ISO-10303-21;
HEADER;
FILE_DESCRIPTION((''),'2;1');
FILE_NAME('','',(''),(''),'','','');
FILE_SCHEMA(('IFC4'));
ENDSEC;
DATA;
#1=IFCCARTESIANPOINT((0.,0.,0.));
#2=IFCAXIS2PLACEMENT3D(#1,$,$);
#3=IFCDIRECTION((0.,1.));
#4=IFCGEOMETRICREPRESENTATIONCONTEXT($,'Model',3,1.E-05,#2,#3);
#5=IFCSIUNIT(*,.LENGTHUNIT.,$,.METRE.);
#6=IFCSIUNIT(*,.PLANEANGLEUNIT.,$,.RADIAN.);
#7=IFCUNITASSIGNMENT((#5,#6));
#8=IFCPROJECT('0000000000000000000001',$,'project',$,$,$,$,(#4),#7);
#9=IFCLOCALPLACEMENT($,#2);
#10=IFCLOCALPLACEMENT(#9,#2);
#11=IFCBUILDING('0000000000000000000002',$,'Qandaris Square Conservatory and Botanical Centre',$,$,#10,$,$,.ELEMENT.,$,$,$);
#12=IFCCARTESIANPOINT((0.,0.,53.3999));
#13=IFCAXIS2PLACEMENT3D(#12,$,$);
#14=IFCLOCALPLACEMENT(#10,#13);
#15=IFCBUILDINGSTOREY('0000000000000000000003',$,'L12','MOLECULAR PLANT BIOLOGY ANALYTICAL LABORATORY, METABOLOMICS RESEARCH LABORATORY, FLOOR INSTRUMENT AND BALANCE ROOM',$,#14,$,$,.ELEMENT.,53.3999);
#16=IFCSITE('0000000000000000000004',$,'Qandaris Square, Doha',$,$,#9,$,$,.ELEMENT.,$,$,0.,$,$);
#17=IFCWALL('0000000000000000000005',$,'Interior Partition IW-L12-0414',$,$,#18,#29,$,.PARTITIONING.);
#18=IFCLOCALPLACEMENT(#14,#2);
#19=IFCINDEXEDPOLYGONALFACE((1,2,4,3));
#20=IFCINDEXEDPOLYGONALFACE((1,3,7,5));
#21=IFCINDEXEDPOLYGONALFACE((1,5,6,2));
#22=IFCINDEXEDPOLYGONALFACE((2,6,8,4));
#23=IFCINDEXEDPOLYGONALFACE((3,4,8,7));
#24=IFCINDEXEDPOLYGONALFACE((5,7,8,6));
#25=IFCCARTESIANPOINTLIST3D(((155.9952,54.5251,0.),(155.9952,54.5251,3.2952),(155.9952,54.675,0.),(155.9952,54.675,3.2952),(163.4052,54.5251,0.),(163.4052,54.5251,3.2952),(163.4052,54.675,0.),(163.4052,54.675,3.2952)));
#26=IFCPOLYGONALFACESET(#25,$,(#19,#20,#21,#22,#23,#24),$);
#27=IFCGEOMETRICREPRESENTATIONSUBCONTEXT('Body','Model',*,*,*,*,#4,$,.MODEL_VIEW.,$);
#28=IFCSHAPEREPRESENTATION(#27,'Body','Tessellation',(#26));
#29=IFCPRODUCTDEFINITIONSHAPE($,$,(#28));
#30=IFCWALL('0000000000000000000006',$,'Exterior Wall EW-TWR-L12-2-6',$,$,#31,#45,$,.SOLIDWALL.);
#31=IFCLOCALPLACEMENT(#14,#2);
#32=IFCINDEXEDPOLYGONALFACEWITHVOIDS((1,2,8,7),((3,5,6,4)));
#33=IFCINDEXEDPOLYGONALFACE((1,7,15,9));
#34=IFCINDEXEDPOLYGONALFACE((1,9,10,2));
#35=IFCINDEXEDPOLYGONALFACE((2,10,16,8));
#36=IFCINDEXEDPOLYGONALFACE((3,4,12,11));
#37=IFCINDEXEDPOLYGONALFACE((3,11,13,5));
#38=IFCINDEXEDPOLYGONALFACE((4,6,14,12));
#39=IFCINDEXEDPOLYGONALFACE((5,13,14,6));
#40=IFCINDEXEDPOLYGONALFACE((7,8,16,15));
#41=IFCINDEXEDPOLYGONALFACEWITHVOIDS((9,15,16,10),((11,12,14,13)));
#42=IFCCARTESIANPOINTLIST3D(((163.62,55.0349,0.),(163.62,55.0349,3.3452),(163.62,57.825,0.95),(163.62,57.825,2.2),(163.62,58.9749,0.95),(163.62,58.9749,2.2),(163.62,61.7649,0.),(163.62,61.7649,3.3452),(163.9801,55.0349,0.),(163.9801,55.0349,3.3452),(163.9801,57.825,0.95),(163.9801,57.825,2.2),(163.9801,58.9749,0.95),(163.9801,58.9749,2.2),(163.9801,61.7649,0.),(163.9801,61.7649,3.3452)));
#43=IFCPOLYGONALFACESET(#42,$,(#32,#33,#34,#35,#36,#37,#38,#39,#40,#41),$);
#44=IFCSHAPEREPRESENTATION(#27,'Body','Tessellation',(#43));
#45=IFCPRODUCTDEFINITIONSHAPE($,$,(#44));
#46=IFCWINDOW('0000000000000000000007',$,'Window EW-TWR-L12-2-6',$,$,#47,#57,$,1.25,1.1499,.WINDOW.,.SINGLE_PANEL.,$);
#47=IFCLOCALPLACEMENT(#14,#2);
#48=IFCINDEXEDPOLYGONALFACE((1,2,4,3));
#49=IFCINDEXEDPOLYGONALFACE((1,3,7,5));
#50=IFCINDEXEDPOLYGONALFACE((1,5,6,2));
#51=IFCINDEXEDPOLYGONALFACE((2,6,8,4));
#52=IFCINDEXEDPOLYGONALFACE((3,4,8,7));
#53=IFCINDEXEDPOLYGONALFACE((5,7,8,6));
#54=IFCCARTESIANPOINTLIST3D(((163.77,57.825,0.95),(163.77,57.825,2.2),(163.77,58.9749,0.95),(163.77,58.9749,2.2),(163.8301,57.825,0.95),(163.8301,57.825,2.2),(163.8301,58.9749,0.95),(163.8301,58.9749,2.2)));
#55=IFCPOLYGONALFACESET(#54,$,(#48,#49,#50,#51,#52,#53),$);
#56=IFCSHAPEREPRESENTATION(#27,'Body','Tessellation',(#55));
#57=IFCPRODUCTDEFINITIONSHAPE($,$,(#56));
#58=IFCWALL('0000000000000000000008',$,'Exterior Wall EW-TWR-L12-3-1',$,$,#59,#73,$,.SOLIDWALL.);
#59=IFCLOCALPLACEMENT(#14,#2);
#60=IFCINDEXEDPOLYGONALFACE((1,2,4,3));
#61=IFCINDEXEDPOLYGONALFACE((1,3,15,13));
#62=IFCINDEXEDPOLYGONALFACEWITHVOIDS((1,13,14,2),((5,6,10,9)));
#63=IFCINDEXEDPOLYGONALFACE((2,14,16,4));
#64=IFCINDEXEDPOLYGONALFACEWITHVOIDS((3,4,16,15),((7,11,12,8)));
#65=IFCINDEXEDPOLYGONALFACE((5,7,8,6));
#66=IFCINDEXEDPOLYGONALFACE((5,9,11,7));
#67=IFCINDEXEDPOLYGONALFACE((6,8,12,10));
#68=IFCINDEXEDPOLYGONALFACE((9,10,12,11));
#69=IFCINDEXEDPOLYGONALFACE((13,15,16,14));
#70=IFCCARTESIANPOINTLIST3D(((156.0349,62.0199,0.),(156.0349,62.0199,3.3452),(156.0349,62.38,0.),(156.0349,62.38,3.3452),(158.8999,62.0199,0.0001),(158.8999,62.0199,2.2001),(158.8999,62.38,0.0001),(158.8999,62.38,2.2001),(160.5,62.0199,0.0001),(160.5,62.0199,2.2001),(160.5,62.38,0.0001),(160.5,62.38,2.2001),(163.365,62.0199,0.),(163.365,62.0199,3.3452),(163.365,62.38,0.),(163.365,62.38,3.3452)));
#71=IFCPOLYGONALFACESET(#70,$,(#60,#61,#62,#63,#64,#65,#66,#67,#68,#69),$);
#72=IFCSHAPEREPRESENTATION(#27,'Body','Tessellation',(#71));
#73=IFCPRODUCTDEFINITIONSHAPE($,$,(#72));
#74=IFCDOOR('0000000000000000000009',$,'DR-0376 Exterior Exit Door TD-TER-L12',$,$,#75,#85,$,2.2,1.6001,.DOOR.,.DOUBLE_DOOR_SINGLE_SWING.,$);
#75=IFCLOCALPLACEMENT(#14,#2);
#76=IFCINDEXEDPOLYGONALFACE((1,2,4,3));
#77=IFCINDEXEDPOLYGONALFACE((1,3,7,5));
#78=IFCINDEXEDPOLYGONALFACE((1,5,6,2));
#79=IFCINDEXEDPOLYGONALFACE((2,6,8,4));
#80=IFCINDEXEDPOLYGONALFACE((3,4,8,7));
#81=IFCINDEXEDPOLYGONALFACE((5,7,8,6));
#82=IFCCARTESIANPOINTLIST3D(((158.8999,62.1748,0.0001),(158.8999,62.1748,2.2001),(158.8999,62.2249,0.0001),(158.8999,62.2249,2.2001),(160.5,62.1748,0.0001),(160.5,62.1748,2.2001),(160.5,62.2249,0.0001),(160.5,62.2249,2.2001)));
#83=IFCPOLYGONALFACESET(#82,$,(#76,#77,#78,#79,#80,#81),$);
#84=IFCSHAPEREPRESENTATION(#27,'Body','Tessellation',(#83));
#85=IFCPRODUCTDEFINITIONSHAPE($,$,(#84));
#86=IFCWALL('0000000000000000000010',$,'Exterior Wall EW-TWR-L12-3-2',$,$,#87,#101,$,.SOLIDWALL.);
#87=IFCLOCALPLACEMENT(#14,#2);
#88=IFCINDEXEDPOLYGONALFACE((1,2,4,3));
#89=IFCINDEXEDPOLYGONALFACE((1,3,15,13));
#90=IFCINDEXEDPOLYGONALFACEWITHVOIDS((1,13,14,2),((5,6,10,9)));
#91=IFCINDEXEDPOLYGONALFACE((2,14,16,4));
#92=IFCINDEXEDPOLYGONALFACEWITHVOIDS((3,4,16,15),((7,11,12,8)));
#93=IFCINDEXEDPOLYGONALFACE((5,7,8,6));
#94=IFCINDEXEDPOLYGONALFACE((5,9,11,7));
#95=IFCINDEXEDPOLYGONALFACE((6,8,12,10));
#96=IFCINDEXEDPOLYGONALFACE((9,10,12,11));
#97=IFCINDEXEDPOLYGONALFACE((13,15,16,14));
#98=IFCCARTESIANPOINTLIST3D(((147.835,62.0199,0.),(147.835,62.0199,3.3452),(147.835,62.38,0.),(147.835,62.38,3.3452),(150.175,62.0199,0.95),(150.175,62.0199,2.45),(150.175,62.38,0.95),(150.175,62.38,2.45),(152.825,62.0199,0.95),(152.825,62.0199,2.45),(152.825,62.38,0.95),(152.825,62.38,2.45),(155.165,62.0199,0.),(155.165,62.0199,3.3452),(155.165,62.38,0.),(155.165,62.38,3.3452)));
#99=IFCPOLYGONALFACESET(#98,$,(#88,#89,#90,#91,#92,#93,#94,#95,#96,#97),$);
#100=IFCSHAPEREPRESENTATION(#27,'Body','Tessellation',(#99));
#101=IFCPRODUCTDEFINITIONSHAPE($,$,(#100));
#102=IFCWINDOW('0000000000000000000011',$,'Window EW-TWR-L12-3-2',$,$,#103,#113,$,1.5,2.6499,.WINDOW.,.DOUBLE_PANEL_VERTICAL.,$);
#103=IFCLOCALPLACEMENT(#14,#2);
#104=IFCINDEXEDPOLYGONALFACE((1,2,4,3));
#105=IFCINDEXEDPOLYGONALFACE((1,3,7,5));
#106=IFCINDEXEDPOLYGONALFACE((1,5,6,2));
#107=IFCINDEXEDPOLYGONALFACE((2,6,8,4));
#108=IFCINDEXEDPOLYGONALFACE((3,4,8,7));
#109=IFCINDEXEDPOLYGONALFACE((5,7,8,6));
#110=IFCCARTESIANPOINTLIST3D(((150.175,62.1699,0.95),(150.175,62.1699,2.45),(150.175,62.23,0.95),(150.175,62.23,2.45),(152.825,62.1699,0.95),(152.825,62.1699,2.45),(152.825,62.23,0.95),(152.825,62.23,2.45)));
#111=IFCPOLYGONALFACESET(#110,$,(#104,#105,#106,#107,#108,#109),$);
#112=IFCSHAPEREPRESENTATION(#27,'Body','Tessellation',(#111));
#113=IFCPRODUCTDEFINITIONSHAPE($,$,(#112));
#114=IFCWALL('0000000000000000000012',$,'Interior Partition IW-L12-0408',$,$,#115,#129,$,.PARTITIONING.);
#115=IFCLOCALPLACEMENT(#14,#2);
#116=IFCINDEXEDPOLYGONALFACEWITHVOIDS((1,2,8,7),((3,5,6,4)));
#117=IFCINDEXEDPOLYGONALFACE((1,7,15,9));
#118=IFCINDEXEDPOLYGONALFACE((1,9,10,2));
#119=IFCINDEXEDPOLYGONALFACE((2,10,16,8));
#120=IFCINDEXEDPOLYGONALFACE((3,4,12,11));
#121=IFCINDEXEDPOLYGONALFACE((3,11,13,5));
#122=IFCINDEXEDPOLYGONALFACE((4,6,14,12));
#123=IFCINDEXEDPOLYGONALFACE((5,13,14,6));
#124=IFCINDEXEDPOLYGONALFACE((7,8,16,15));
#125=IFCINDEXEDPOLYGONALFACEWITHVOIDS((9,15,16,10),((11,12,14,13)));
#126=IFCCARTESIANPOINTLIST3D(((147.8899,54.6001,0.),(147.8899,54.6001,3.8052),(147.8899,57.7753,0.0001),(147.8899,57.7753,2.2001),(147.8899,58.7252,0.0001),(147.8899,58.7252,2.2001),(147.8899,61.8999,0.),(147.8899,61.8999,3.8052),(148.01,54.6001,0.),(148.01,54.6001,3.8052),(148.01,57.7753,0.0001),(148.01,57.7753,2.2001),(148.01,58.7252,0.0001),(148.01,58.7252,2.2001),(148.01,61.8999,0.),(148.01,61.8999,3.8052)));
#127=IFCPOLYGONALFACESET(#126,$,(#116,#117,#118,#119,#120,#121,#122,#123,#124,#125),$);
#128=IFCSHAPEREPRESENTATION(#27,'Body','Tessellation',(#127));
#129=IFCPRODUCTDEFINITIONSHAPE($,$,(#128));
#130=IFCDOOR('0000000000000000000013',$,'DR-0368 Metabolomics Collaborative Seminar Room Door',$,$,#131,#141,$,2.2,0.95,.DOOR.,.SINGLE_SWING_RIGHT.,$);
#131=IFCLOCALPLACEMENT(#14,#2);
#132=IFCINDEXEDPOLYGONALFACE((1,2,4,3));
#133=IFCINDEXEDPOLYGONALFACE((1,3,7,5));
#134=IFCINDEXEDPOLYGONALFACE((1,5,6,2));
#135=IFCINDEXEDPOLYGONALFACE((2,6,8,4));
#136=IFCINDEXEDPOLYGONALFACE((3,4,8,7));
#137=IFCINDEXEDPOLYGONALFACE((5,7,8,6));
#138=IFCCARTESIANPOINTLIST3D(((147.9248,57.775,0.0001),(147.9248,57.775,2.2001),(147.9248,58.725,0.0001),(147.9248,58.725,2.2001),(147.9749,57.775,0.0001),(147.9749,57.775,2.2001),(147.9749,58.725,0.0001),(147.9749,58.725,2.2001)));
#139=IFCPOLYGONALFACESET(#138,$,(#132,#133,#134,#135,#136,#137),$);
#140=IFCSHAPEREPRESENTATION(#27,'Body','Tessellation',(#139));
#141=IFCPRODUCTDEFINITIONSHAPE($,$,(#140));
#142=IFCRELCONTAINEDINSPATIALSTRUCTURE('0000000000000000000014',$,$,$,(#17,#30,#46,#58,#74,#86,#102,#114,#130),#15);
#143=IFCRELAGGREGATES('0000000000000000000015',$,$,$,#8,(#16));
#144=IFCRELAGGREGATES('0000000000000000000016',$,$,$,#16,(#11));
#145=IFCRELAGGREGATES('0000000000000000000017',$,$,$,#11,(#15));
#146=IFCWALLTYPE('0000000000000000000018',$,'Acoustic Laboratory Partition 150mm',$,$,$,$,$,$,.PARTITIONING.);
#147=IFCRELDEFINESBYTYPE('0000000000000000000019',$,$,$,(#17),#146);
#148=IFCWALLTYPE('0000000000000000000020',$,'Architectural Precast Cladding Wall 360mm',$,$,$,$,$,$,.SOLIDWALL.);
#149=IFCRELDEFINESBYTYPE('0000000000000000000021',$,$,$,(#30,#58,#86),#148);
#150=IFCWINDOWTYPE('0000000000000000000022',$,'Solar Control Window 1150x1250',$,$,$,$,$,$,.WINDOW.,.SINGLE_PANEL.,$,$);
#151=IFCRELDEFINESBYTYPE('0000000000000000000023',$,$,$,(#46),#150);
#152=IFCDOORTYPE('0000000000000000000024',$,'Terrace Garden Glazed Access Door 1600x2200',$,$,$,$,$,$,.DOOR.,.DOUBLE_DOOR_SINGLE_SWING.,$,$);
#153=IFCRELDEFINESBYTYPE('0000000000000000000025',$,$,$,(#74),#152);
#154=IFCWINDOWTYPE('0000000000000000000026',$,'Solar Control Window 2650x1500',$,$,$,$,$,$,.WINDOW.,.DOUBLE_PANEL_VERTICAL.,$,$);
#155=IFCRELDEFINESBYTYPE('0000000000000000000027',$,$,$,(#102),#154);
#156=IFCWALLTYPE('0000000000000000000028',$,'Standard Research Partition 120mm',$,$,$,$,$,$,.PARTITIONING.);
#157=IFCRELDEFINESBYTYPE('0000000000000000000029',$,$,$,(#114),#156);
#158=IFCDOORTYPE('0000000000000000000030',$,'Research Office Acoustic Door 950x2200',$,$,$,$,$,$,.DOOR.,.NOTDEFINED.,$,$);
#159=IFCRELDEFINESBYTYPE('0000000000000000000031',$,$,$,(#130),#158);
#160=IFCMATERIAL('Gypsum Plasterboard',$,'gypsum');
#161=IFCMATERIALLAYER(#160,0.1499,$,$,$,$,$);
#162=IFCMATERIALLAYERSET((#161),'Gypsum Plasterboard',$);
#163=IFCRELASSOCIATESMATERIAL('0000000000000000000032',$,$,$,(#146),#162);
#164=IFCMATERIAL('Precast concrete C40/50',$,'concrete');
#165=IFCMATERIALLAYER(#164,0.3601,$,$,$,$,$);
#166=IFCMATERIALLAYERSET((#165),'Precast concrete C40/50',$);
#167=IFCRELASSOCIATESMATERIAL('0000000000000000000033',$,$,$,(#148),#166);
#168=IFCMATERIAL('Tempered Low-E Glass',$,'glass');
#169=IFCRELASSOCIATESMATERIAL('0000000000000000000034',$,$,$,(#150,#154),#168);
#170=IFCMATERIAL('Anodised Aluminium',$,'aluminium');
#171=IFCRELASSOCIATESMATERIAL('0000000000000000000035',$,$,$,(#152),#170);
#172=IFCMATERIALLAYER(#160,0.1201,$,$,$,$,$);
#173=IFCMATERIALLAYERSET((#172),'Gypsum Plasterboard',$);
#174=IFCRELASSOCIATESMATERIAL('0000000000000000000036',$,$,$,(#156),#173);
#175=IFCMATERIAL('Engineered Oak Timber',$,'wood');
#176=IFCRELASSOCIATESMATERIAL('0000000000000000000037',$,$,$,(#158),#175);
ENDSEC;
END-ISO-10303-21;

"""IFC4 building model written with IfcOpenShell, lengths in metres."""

from ifc_helpers import new_model, si_unit, direction, frame, frame_2d, origin, place, context, subcontext, project, spatial, rectangle, extrude, material, layer, layer_set, type_object, element, fill, save


model = new_model("IFC4")

# Units and contexts
model_context = context("Model", 3, precision=1e-05, world=origin(), true_north=direction((0.0, 1.0)))
body_context = subcontext(model_context, "Body", "Model", "MODEL_VIEW")
ifc_project = project(units=[si_unit("LENGTHUNIT", "METRE"), si_unit("PLANEANGLEUNIT", "RADIAN")], contexts=[model_context])

# Site, building, storey
site_placement = place(None, origin())
site = spatial("IfcSite", under=ifc_project, at=site_placement, Name="Qandaris Square, Doha", CompositionType="ELEMENT", RefElevation=0.0)
building_placement = place(site_placement, origin())
building = spatial("IfcBuilding", under=site, at=building_placement, Name="Qandaris Square Conservatory and Botanical Centre", CompositionType="ELEMENT")
storey_placement = place(building_placement, frame((0.0, 0.0, 53.3999)))
storey = spatial("IfcBuildingStorey", under=building, at=storey_placement, Name="L12", Description="MOLECULAR PLANT BIOLOGY ANALYTICAL LABORATORY, METABOLOMICS RESEARCH LABORATORY, FLOOR INSTRUMENT AND BALANCE ROOM", CompositionType="ELEMENT", Elevation=53.3999)

# Shared definitions
ifc_material_1 = material(Name="Gypsum Plasterboard", Category="gypsum")
ifc_layer_1 = layer(ifc_material_1, 0.1499)
ifc_layer_set_1 = layer_set([ifc_layer_1], Name="Gypsum Plasterboard")
wall_type_1 = type_object("IfcWallType", Name="Acoustic Laboratory Partition 150mm", PredefinedType="PARTITIONING", material=ifc_layer_set_1)
ifc_material_2 = material(Name="Engineered Oak Timber", Category="wood")

# Wall
wall_1_placement = place(storey_placement, frame((155.9951, 54.6001, 0.0), z_axis=(0.0, 0.0, 1.0), x_axis=(1.0, 0.0, 0.0)))
element("IfcWall", 1, at=wall_1_placement, inside=storey, type_object=wall_type_1, Name="Interior Partition IW-L12-0414", PredefinedType="PARTITIONING", context=body_context, shape_type="SweptSolid", body=[
    extrude(rectangle(XDim=7.4099, YDim=0.1499, at=frame_2d((3.7051, 0.0))), origin(), (0.0, 0.0, 1.0), 3.2952),
])

# Wall, opening, window
ifc_material_3 = material(Name="Precast concrete C40/50", Category="concrete")
ifc_layer_2 = layer(ifc_material_3, 0.3601)
ifc_layer_set_2 = layer_set([ifc_layer_2], Name="Precast concrete C40/50")
wall_type_2 = type_object("IfcWallType", Name="Architectural Precast Cladding Wall 360mm", PredefinedType="SOLIDWALL", material=ifc_layer_set_2)
wall_2_placement = place(storey_placement, frame((163.8, 55.0349, 0.0), z_axis=(0.0, 0.0, 1.0), x_axis=(0.0, 1.0, 0.0)))
wall_2 = element("IfcWall", 2, at=wall_2_placement, inside=storey, type_object=wall_type_2, Name="Exterior Wall EW-TWR-L12-2-6", PredefinedType="SOLIDWALL", context=body_context, shape_type="SweptSolid", body=[
    extrude(rectangle(XDim=6.73, YDim=0.3601, at=frame_2d((3.365, 0.0))), origin(), (0.0, 0.0, 1.0), 3.3452),
])
opening_1_placement = place(wall_2_placement, frame((2.79, 0.0, 0.95)))
opening_1 = element("IfcOpeningElement", 3, at=opening_1_placement, cuts=wall_2, PredefinedType="OPENING", context=body_context, shape_type="SweptSolid", body=[
    extrude(rectangle(XDim=1.1499, YDim=1.25, at=frame_2d((0.575, 0.625))), frame((0.0, 0.1919, 0.0), z_axis=(0.0, -1.0, 0.0), x_axis=(1.0, 0.0, 0.0)), (0.0, 0.0, 1.0), 0.384),
])
ifc_material_4 = material(Name="Tempered Low-E Glass", Category="glass")
window_type_1 = type_object("IfcWindowType", Name="Solar Control Window 1150x1250", PartitioningType="SINGLE_PANEL", PredefinedType="WINDOW", material=ifc_material_4)
window_1_placement = place(opening_1_placement, origin())
window_1 = element("IfcWindow", 4, at=window_1_placement, inside=storey, type_object=window_type_1, Name="Window EW-TWR-L12-2-6", OverallHeight=1.25, OverallWidth=1.1499, PartitioningType="SINGLE_PANEL", PredefinedType="WINDOW", context=body_context, shape_type="SweptSolid", body=[
    extrude(rectangle(XDim=1.1499, YDim=1.25, at=frame_2d((0.575, 0.625))), frame((0.0, 0.03, 0.0), z_axis=(0.0, -1.0, 0.0), x_axis=(1.0, 0.0, 0.0)), (0.0, 0.0, 1.0), 0.0601),
])
fill(opening_1, window_1)

# Wall, opening, door
wall_3_placement = place(storey_placement, frame((163.365, 62.2, 0.0), z_axis=(0.0, 0.0, 1.0), x_axis=(-1.0, 0.0, 0.0)))
wall_3 = element("IfcWall", 5, at=wall_3_placement, inside=storey, type_object=wall_type_2, Name="Exterior Wall EW-TWR-L12-3-1", PredefinedType="SOLIDWALL", context=body_context, shape_type="SweptSolid", body=[
    extrude(rectangle(XDim=7.3301, YDim=0.3601, at=frame_2d((3.665, 0.0))), origin(), (0.0, 0.0, 1.0), 3.3452),
])
opening_2_placement = place(wall_3_placement, frame((2.865, 0.0, 0.0)))
opening_2 = element("IfcOpeningElement", 6, at=opening_2_placement, cuts=wall_3, PredefinedType="OPENING", context=body_context, shape_type="SweptSolid", body=[
    extrude(rectangle(XDim=1.6001, YDim=2.2, at=frame_2d((0.8, 1.1001))), frame((0.0, 0.1919, 0.0), z_axis=(0.0, -1.0, 0.0), x_axis=(1.0, 0.0, 0.0)), (0.0, 0.0, 1.0), 0.384),
])
ifc_material_5 = material(Name="Anodised Aluminium", Category="aluminium")
door_type_1 = type_object("IfcDoorType", Name="Terrace Garden Glazed Access Door 1600x2200", OperationType="DOUBLE_DOOR_SINGLE_SWING", PredefinedType="DOOR", material=ifc_material_5)
door_1_placement = place(opening_2_placement, frame((1.6001, 0.0, 0.0), z_axis=(0.0, 0.0, 1.0), x_axis=(-1.0, 0.0, 0.0)))
door_1 = element("IfcDoor", 7, at=door_1_placement, inside=storey, type_object=door_type_1, Name="DR-0376 Exterior Exit Door TD-TER-L12", OperationType="DOUBLE_DOOR_SINGLE_SWING", OverallHeight=2.2, OverallWidth=1.6001, PredefinedType="DOOR", context=body_context, shape_type="SweptSolid", body=[
    extrude(rectangle(XDim=1.6001, YDim=2.2, at=frame_2d((0.8, 1.1001))), frame((0.0, 0.0249, 0.0), z_axis=(0.0, -1.0, 0.0), x_axis=(1.0, 0.0, 0.0)), (0.0, 0.0, 1.0), 0.05),
])
fill(opening_2, door_1)

# Wall, opening, window
wall_4_placement = place(storey_placement, frame((155.165, 62.2, 0.0), z_axis=(0.0, 0.0, 1.0), x_axis=(-1.0, 0.0, 0.0)))
wall_4 = element("IfcWall", 8, at=wall_4_placement, inside=storey, type_object=wall_type_2, Name="Exterior Wall EW-TWR-L12-3-2", PredefinedType="SOLIDWALL", context=body_context, shape_type="SweptSolid", body=[
    extrude(rectangle(XDim=7.3301, YDim=0.3601, at=frame_2d((3.665, 0.0))), origin(), (0.0, 0.0, 1.0), 3.3452),
])
opening_3_placement = place(wall_4_placement, frame((2.3401, 0.0, 0.95)))
opening_3 = element("IfcOpeningElement", 9, at=opening_3_placement, cuts=wall_4, PredefinedType="OPENING", context=body_context, shape_type="SweptSolid", body=[
    extrude(rectangle(XDim=2.6499, YDim=1.5, at=frame_2d((1.325, 0.75))), frame((0.0, 0.1919, 0.0), z_axis=(0.0, -1.0, 0.0), x_axis=(1.0, 0.0, 0.0)), (0.0, 0.0, 1.0), 0.384),
])
window_type_2 = type_object("IfcWindowType", Name="Solar Control Window 2650x1500", PartitioningType="DOUBLE_PANEL_VERTICAL", PredefinedType="WINDOW", material=ifc_material_4)
window_2_placement = place(opening_3_placement, origin())
window_2 = element("IfcWindow", 10, at=window_2_placement, inside=storey, type_object=window_type_2, Name="Window EW-TWR-L12-3-2", OverallHeight=1.5, OverallWidth=2.6499, PartitioningType="DOUBLE_PANEL_VERTICAL", PredefinedType="WINDOW", context=body_context, shape_type="SweptSolid", body=[
    extrude(rectangle(XDim=2.6499, YDim=1.5, at=frame_2d((1.325, 0.75))), frame((0.0, 0.03, 0.0), z_axis=(0.0, -1.0, 0.0), x_axis=(1.0, 0.0, 0.0)), (0.0, 0.0, 1.0), 0.0601),
])
fill(opening_3, window_2)

# Wall, opening, door
ifc_layer_3 = layer(ifc_material_1, 0.1201)
ifc_layer_set_3 = layer_set([ifc_layer_3], Name="Gypsum Plasterboard")
wall_type_3 = type_object("IfcWallType", Name="Standard Research Partition 120mm", PredefinedType="PARTITIONING", material=ifc_layer_set_3)
wall_5_placement = place(storey_placement, frame((147.95, 54.6001, 0.0), z_axis=(0.0, 0.0, 1.0), x_axis=(0.0, 1.0, 0.0)))
wall_5 = element("IfcWall", 11, at=wall_5_placement, inside=storey, type_object=wall_type_3, Name="Interior Partition IW-L12-0408", PredefinedType="PARTITIONING", context=body_context, shape_type="SweptSolid", body=[
    extrude(rectangle(XDim=7.2998, YDim=0.1201, at=frame_2d((3.6499, 0.0))), origin(), (0.0, 0.0, 1.0), 3.8052),
])
opening_4_placement = place(wall_5_placement, frame((3.175, 0.0, 0.0)))
opening_4 = element("IfcOpeningElement", 12, at=opening_4_placement, cuts=wall_5, PredefinedType="OPENING", context=body_context, shape_type="SweptSolid", body=[
    extrude(rectangle(XDim=0.95, YDim=2.2, at=frame_2d((0.4751, 1.1001))), frame((0.0, 0.072, 0.0), z_axis=(0.0, -1.0, 0.0), x_axis=(1.0, 0.0, 0.0)), (0.0, 0.0, 1.0), 0.144),
])
door_type_2 = type_object("IfcDoorType", Name="Research Office Acoustic Door 950x2200", OperationType="NOTDEFINED", PredefinedType="DOOR", material=ifc_material_2)
door_2_placement = place(opening_4_placement, frame((0.95, 0.0, 0.0), z_axis=(0.0, 0.0, 1.0), x_axis=(-1.0, 0.0, 0.0)))
door_2 = element("IfcDoor", 13, at=door_2_placement, inside=storey, type_object=door_type_2, Name="DR-0368 Metabolomics Collaborative Seminar Room Door", OperationType="SINGLE_SWING_RIGHT", OverallHeight=2.2, OverallWidth=0.95, PredefinedType="DOOR", context=body_context, shape_type="SweptSolid", body=[
    extrude(rectangle(XDim=0.95, YDim=2.2, at=frame_2d((0.4751, 1.1001))), frame((0.0, 0.0249, 0.0), z_axis=(0.0, -1.0, 0.0), x_axis=(1.0, 0.0, 0.0)), (0.0, 0.0, 1.0), 0.05),
])
fill(opening_4, door_2)

save(model, "model.ifc")
